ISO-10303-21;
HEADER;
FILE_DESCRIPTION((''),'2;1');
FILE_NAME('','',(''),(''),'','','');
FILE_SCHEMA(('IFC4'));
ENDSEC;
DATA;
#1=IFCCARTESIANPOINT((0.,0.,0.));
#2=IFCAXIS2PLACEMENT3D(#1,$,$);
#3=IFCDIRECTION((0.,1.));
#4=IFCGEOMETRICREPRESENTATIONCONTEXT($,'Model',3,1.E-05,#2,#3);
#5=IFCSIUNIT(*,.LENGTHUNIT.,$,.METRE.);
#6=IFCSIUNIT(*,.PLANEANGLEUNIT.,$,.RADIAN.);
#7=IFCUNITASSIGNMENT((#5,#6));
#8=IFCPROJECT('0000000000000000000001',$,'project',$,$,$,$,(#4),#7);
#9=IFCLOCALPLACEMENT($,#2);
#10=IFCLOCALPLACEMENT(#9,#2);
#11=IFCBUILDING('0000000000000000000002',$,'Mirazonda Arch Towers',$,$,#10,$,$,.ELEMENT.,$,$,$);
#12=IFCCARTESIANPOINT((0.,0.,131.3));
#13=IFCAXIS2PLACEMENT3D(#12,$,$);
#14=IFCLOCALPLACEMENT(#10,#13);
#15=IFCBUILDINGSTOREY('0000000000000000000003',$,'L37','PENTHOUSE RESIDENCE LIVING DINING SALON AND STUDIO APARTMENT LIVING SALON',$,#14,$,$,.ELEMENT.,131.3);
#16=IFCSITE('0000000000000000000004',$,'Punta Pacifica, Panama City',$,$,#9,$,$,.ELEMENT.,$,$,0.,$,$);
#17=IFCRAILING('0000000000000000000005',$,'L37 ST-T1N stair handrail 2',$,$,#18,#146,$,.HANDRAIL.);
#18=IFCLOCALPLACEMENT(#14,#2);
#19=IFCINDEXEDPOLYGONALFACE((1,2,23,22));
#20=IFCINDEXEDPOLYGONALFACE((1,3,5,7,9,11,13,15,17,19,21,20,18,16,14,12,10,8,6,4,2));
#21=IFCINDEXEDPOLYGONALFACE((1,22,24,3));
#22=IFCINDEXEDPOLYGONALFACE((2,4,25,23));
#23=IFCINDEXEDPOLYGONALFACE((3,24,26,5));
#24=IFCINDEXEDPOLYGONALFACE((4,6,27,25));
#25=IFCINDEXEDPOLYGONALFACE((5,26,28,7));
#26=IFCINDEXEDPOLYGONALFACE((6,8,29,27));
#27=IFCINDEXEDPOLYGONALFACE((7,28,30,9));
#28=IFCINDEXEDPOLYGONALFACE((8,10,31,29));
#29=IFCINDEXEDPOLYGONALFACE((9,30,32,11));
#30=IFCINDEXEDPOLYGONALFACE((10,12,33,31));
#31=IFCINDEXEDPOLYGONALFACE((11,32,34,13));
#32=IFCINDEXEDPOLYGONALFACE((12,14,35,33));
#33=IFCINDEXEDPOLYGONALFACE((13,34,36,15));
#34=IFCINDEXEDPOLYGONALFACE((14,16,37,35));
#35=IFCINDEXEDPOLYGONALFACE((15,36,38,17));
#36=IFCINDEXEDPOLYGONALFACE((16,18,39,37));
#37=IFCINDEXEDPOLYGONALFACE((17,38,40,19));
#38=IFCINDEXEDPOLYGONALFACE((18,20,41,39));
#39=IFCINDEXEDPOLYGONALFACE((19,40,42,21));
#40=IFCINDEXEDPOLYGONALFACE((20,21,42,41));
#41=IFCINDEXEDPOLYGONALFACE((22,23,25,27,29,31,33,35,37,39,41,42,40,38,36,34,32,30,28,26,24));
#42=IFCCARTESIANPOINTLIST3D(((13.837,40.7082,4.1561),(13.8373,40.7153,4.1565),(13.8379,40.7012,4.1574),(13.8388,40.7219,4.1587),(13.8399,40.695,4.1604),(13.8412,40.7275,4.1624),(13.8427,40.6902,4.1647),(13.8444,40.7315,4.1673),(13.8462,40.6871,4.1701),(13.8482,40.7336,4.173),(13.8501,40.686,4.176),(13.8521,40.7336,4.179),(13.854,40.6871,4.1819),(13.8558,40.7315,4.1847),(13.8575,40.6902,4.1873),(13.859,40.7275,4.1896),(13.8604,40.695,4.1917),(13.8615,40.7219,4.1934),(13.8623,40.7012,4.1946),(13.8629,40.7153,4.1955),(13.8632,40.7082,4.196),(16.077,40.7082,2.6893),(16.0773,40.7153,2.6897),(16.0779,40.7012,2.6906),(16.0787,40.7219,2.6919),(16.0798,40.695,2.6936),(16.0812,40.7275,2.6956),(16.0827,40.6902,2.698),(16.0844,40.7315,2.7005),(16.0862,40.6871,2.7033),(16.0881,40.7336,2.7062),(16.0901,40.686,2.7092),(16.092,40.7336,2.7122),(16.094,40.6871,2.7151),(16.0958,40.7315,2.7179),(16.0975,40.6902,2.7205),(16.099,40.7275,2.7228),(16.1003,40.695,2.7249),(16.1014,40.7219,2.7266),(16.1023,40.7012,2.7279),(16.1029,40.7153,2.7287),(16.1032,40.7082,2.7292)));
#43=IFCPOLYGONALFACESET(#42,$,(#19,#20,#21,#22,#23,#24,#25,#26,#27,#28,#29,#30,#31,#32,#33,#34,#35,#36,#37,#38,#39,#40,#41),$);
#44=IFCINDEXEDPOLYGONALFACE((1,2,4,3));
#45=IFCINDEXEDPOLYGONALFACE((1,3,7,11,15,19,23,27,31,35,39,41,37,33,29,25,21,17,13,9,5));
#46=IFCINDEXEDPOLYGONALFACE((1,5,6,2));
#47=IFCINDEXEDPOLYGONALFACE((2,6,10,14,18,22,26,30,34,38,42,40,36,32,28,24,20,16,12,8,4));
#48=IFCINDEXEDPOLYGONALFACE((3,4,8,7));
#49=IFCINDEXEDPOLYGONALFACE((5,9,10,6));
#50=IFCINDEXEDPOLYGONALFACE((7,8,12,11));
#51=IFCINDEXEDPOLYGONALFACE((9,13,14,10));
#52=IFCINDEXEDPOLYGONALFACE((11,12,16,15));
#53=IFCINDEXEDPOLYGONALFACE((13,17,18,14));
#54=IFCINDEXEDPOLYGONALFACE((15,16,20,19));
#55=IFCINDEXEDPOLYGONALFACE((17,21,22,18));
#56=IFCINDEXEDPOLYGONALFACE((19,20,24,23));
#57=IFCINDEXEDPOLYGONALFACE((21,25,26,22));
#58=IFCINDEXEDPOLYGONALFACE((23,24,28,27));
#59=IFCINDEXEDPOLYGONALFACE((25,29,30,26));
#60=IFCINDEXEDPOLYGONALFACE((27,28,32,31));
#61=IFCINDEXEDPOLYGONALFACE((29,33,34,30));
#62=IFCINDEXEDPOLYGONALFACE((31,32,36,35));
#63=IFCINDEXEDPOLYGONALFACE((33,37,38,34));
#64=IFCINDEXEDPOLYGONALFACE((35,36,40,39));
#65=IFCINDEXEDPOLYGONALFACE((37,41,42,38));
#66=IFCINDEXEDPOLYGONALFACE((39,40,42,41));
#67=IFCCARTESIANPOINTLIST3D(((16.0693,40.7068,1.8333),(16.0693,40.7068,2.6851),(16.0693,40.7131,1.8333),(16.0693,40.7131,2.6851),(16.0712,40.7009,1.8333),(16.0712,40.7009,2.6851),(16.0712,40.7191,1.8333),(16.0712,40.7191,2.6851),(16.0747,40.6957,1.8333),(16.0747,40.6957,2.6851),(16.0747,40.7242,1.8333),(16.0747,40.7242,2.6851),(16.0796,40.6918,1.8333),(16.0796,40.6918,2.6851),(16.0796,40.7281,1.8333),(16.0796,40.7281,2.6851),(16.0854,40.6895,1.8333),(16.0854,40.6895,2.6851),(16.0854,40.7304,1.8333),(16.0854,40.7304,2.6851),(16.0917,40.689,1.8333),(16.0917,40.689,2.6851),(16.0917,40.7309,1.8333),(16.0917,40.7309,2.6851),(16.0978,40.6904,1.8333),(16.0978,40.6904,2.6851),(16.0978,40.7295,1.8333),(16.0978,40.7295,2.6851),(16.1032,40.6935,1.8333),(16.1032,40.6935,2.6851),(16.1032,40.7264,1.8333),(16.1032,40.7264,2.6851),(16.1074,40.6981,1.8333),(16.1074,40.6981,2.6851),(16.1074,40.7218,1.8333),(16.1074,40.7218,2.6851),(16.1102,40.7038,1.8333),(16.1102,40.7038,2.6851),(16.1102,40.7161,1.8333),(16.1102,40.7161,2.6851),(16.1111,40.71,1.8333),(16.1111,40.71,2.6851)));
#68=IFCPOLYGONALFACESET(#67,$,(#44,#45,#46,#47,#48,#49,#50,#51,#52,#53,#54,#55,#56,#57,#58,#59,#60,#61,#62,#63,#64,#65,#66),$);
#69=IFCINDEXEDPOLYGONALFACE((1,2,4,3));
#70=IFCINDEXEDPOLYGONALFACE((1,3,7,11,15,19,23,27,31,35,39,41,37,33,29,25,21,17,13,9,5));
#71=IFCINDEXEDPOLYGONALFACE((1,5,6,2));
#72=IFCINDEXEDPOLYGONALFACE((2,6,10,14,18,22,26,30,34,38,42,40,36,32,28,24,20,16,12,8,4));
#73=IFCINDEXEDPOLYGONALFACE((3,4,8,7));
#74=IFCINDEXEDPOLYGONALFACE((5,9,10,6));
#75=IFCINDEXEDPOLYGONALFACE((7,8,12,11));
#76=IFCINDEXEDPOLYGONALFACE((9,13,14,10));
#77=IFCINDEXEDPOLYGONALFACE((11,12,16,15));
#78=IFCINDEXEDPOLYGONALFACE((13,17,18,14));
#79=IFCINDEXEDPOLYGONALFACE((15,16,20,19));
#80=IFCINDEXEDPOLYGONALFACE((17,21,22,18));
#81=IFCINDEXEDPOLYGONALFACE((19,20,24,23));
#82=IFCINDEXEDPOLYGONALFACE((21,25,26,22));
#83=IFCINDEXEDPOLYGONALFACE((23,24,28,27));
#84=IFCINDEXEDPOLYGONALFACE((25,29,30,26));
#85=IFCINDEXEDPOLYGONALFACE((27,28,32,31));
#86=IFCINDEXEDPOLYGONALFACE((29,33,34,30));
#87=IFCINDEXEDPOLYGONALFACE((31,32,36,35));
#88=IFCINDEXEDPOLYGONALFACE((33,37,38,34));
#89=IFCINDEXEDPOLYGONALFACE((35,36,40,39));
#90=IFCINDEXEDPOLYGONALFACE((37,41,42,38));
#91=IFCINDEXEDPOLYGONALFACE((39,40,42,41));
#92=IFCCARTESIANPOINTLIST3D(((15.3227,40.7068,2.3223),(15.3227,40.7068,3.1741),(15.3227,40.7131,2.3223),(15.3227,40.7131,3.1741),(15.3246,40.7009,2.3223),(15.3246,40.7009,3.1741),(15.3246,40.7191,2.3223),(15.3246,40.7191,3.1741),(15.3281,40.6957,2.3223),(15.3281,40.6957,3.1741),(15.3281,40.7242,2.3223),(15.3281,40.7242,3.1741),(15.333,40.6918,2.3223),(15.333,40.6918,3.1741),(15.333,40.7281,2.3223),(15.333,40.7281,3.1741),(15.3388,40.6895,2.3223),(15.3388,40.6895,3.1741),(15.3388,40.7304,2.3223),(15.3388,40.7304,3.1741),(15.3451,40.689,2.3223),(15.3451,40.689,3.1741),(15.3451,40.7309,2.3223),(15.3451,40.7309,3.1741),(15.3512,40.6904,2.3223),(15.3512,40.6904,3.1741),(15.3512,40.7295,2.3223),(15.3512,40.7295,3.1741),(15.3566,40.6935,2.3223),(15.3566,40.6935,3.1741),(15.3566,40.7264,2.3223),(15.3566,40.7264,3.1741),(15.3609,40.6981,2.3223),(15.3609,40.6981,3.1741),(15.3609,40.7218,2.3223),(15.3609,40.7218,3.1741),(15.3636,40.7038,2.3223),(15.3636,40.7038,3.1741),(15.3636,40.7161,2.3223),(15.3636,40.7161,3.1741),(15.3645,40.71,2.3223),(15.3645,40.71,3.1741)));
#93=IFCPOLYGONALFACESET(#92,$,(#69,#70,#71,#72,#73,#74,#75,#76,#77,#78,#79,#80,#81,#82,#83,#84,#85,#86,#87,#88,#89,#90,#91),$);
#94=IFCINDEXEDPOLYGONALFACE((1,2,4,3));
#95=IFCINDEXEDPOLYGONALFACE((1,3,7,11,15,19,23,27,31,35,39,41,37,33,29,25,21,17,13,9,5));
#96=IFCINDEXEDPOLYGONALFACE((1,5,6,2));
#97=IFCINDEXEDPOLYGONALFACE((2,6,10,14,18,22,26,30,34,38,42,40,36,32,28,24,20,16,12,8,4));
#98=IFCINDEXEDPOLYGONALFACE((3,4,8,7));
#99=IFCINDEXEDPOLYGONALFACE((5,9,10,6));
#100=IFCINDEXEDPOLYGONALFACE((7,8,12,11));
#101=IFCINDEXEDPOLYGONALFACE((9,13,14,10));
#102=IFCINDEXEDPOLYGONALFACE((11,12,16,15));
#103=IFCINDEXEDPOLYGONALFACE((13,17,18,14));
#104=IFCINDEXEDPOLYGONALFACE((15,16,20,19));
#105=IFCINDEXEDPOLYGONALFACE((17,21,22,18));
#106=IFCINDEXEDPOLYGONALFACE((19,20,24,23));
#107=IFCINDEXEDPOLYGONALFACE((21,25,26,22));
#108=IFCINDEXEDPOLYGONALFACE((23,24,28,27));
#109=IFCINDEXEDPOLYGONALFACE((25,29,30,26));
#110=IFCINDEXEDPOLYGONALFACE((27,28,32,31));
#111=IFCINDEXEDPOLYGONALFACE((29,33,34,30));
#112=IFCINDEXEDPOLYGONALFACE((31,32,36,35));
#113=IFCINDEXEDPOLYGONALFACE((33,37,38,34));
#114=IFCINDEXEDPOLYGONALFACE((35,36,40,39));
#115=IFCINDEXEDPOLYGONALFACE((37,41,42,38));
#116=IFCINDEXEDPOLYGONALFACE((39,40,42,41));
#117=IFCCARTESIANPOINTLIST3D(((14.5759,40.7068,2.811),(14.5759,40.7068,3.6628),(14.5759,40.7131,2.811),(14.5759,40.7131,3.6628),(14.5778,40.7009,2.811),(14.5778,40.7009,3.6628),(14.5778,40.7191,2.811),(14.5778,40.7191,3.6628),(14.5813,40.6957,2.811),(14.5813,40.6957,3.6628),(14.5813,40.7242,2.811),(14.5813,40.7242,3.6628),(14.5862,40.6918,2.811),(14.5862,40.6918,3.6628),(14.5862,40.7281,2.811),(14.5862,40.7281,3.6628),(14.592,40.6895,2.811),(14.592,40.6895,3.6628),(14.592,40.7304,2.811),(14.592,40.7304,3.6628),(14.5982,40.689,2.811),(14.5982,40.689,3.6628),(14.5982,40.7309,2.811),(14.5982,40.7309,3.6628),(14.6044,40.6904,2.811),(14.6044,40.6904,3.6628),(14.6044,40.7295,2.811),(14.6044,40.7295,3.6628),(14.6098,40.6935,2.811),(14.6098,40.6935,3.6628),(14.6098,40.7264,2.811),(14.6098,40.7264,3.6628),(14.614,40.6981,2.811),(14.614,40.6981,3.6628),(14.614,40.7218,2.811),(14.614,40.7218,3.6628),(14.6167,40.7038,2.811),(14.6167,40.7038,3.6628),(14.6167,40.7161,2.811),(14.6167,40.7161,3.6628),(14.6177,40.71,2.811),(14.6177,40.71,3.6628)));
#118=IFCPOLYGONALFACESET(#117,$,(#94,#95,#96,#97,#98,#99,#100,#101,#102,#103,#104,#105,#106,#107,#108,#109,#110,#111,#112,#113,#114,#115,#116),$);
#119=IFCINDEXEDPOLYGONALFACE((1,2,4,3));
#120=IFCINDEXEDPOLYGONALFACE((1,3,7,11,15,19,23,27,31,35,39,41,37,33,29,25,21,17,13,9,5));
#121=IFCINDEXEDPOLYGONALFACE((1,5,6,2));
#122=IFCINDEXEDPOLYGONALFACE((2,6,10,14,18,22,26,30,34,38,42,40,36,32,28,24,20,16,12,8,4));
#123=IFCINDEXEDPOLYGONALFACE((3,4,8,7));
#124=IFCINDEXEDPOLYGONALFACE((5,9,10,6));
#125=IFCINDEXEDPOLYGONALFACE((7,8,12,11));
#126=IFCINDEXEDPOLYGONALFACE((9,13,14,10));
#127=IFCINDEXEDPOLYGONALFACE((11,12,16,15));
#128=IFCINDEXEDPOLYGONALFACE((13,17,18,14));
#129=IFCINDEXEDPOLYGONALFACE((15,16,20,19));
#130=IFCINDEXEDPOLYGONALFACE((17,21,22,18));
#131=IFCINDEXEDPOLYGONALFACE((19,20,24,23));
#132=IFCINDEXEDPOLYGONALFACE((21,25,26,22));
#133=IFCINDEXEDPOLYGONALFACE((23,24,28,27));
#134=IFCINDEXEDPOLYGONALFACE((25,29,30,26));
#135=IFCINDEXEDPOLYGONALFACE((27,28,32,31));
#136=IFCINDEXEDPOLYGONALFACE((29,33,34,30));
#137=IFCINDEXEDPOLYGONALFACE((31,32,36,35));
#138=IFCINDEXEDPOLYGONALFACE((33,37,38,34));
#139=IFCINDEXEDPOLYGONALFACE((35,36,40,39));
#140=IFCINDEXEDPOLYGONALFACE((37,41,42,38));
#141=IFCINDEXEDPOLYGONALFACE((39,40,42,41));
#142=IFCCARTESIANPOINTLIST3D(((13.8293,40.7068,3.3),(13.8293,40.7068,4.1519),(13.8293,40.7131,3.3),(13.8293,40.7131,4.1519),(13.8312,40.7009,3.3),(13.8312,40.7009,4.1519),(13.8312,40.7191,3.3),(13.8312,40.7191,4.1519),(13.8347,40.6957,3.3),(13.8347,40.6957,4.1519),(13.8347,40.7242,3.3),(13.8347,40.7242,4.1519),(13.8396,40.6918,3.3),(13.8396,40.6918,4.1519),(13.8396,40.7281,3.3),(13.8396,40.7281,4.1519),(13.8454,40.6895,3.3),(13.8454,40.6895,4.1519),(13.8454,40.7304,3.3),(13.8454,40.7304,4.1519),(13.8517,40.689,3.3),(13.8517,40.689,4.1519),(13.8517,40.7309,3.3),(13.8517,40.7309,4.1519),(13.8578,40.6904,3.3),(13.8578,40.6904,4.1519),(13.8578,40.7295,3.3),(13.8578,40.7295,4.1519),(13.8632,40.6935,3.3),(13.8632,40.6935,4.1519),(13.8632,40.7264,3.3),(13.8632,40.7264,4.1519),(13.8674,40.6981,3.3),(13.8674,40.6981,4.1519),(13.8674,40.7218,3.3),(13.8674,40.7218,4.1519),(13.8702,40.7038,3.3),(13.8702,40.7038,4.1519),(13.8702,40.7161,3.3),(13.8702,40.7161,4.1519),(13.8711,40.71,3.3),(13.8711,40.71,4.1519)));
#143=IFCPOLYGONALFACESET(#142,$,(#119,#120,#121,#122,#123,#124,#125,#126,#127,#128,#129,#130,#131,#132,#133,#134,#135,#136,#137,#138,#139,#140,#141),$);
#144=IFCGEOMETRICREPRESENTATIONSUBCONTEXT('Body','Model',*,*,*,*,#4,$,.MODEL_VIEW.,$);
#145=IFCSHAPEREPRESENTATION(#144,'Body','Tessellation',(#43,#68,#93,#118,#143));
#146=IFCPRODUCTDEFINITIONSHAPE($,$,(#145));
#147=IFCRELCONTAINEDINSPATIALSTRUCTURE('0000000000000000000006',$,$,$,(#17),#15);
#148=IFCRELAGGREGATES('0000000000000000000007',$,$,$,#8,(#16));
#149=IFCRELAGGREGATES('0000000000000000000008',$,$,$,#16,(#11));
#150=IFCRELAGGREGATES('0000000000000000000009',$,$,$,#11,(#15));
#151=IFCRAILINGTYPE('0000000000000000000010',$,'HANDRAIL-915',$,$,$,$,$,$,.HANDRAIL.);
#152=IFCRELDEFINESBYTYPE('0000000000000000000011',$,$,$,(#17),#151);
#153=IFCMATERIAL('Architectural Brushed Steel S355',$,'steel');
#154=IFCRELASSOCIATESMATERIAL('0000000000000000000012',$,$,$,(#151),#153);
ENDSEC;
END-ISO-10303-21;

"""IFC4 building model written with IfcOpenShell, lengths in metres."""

from ifc_helpers import new_model, si_unit, direction, frame, origin, origin_2d, place, context, subcontext, project, spatial, circle, extrude, material, type_object, element, save


model = new_model("IFC4")

# Units and contexts
model_context = context("Model", 3, precision=1e-05, world=origin(), true_north=direction((0.0, 1.0)))
body_context = subcontext(model_context, "Body", "Model", "MODEL_VIEW")
ifc_project = project(units=[si_unit("LENGTHUNIT", "METRE"), si_unit("PLANEANGLEUNIT", "RADIAN")], contexts=[model_context])

# Site, building, storey
site_placement = place(None, origin())
site = spatial("IfcSite", under=ifc_project, at=site_placement, Name="Punta Pacifica, Panama City", CompositionType="ELEMENT", RefElevation=0.0)
building_placement = place(site_placement, origin())
building = spatial("IfcBuilding", under=site, at=building_placement, Name="Mirazonda Arch Towers", CompositionType="ELEMENT")
storey_placement = place(building_placement, frame((0.0, 0.0, 131.3)))
storey = spatial("IfcBuildingStorey", under=building, at=storey_placement, Name="L37", Description="PENTHOUSE RESIDENCE LIVING DINING SALON AND STUDIO APARTMENT LIVING SALON", CompositionType="ELEMENT", Elevation=131.3)

# Shared definitions
ifc_material_1 = material(Name="Architectural Brushed Steel S355", Category="steel")

# Railing
railing_type_1 = type_object("IfcRailingType", Name="HANDRAIL-915", PredefinedType="HANDRAIL", material=ifc_material_1)
railing_1_placement = place(storey_placement, frame((16.0901, 40.71, 1.8333)))
element("IfcRailing", 1, at=railing_1_placement, inside=storey, type_object=railing_type_1, Name="L37 ST-T1N stair handrail 2", PredefinedType="HANDRAIL", context=body_context, shape_type="SweptSolid", body=[
    extrude(circle(Radius=0.0239, at=origin_2d()), frame((0.0, 0.0, 0.876), z_axis=(-0.836595, 0.0, 0.547822), x_axis=(0.0, -1.0, 0.0)), (0.0, 0.0, 1.0), 2.6775),
    extrude(circle(Radius=0.021, at=origin_2d()), origin(), (0.0, 0.0, 1.0), 0.8518),
    extrude(circle(Radius=0.021, at=origin_2d()), frame((-0.7466, 0.0, 0.489)), (0.0, 0.0, 1.0), 0.8518),
    extrude(circle(Radius=0.021, at=origin_2d()), frame((-1.4934, 0.0, 0.9778)), (0.0, 0.0, 1.0), 0.8518),
    extrude(circle(Radius=0.021, at=origin_2d()), frame((-2.24, 0.0, 1.4668)), (0.0, 0.0, 1.0), 0.8518),
])

save(model, "model.ifc")
